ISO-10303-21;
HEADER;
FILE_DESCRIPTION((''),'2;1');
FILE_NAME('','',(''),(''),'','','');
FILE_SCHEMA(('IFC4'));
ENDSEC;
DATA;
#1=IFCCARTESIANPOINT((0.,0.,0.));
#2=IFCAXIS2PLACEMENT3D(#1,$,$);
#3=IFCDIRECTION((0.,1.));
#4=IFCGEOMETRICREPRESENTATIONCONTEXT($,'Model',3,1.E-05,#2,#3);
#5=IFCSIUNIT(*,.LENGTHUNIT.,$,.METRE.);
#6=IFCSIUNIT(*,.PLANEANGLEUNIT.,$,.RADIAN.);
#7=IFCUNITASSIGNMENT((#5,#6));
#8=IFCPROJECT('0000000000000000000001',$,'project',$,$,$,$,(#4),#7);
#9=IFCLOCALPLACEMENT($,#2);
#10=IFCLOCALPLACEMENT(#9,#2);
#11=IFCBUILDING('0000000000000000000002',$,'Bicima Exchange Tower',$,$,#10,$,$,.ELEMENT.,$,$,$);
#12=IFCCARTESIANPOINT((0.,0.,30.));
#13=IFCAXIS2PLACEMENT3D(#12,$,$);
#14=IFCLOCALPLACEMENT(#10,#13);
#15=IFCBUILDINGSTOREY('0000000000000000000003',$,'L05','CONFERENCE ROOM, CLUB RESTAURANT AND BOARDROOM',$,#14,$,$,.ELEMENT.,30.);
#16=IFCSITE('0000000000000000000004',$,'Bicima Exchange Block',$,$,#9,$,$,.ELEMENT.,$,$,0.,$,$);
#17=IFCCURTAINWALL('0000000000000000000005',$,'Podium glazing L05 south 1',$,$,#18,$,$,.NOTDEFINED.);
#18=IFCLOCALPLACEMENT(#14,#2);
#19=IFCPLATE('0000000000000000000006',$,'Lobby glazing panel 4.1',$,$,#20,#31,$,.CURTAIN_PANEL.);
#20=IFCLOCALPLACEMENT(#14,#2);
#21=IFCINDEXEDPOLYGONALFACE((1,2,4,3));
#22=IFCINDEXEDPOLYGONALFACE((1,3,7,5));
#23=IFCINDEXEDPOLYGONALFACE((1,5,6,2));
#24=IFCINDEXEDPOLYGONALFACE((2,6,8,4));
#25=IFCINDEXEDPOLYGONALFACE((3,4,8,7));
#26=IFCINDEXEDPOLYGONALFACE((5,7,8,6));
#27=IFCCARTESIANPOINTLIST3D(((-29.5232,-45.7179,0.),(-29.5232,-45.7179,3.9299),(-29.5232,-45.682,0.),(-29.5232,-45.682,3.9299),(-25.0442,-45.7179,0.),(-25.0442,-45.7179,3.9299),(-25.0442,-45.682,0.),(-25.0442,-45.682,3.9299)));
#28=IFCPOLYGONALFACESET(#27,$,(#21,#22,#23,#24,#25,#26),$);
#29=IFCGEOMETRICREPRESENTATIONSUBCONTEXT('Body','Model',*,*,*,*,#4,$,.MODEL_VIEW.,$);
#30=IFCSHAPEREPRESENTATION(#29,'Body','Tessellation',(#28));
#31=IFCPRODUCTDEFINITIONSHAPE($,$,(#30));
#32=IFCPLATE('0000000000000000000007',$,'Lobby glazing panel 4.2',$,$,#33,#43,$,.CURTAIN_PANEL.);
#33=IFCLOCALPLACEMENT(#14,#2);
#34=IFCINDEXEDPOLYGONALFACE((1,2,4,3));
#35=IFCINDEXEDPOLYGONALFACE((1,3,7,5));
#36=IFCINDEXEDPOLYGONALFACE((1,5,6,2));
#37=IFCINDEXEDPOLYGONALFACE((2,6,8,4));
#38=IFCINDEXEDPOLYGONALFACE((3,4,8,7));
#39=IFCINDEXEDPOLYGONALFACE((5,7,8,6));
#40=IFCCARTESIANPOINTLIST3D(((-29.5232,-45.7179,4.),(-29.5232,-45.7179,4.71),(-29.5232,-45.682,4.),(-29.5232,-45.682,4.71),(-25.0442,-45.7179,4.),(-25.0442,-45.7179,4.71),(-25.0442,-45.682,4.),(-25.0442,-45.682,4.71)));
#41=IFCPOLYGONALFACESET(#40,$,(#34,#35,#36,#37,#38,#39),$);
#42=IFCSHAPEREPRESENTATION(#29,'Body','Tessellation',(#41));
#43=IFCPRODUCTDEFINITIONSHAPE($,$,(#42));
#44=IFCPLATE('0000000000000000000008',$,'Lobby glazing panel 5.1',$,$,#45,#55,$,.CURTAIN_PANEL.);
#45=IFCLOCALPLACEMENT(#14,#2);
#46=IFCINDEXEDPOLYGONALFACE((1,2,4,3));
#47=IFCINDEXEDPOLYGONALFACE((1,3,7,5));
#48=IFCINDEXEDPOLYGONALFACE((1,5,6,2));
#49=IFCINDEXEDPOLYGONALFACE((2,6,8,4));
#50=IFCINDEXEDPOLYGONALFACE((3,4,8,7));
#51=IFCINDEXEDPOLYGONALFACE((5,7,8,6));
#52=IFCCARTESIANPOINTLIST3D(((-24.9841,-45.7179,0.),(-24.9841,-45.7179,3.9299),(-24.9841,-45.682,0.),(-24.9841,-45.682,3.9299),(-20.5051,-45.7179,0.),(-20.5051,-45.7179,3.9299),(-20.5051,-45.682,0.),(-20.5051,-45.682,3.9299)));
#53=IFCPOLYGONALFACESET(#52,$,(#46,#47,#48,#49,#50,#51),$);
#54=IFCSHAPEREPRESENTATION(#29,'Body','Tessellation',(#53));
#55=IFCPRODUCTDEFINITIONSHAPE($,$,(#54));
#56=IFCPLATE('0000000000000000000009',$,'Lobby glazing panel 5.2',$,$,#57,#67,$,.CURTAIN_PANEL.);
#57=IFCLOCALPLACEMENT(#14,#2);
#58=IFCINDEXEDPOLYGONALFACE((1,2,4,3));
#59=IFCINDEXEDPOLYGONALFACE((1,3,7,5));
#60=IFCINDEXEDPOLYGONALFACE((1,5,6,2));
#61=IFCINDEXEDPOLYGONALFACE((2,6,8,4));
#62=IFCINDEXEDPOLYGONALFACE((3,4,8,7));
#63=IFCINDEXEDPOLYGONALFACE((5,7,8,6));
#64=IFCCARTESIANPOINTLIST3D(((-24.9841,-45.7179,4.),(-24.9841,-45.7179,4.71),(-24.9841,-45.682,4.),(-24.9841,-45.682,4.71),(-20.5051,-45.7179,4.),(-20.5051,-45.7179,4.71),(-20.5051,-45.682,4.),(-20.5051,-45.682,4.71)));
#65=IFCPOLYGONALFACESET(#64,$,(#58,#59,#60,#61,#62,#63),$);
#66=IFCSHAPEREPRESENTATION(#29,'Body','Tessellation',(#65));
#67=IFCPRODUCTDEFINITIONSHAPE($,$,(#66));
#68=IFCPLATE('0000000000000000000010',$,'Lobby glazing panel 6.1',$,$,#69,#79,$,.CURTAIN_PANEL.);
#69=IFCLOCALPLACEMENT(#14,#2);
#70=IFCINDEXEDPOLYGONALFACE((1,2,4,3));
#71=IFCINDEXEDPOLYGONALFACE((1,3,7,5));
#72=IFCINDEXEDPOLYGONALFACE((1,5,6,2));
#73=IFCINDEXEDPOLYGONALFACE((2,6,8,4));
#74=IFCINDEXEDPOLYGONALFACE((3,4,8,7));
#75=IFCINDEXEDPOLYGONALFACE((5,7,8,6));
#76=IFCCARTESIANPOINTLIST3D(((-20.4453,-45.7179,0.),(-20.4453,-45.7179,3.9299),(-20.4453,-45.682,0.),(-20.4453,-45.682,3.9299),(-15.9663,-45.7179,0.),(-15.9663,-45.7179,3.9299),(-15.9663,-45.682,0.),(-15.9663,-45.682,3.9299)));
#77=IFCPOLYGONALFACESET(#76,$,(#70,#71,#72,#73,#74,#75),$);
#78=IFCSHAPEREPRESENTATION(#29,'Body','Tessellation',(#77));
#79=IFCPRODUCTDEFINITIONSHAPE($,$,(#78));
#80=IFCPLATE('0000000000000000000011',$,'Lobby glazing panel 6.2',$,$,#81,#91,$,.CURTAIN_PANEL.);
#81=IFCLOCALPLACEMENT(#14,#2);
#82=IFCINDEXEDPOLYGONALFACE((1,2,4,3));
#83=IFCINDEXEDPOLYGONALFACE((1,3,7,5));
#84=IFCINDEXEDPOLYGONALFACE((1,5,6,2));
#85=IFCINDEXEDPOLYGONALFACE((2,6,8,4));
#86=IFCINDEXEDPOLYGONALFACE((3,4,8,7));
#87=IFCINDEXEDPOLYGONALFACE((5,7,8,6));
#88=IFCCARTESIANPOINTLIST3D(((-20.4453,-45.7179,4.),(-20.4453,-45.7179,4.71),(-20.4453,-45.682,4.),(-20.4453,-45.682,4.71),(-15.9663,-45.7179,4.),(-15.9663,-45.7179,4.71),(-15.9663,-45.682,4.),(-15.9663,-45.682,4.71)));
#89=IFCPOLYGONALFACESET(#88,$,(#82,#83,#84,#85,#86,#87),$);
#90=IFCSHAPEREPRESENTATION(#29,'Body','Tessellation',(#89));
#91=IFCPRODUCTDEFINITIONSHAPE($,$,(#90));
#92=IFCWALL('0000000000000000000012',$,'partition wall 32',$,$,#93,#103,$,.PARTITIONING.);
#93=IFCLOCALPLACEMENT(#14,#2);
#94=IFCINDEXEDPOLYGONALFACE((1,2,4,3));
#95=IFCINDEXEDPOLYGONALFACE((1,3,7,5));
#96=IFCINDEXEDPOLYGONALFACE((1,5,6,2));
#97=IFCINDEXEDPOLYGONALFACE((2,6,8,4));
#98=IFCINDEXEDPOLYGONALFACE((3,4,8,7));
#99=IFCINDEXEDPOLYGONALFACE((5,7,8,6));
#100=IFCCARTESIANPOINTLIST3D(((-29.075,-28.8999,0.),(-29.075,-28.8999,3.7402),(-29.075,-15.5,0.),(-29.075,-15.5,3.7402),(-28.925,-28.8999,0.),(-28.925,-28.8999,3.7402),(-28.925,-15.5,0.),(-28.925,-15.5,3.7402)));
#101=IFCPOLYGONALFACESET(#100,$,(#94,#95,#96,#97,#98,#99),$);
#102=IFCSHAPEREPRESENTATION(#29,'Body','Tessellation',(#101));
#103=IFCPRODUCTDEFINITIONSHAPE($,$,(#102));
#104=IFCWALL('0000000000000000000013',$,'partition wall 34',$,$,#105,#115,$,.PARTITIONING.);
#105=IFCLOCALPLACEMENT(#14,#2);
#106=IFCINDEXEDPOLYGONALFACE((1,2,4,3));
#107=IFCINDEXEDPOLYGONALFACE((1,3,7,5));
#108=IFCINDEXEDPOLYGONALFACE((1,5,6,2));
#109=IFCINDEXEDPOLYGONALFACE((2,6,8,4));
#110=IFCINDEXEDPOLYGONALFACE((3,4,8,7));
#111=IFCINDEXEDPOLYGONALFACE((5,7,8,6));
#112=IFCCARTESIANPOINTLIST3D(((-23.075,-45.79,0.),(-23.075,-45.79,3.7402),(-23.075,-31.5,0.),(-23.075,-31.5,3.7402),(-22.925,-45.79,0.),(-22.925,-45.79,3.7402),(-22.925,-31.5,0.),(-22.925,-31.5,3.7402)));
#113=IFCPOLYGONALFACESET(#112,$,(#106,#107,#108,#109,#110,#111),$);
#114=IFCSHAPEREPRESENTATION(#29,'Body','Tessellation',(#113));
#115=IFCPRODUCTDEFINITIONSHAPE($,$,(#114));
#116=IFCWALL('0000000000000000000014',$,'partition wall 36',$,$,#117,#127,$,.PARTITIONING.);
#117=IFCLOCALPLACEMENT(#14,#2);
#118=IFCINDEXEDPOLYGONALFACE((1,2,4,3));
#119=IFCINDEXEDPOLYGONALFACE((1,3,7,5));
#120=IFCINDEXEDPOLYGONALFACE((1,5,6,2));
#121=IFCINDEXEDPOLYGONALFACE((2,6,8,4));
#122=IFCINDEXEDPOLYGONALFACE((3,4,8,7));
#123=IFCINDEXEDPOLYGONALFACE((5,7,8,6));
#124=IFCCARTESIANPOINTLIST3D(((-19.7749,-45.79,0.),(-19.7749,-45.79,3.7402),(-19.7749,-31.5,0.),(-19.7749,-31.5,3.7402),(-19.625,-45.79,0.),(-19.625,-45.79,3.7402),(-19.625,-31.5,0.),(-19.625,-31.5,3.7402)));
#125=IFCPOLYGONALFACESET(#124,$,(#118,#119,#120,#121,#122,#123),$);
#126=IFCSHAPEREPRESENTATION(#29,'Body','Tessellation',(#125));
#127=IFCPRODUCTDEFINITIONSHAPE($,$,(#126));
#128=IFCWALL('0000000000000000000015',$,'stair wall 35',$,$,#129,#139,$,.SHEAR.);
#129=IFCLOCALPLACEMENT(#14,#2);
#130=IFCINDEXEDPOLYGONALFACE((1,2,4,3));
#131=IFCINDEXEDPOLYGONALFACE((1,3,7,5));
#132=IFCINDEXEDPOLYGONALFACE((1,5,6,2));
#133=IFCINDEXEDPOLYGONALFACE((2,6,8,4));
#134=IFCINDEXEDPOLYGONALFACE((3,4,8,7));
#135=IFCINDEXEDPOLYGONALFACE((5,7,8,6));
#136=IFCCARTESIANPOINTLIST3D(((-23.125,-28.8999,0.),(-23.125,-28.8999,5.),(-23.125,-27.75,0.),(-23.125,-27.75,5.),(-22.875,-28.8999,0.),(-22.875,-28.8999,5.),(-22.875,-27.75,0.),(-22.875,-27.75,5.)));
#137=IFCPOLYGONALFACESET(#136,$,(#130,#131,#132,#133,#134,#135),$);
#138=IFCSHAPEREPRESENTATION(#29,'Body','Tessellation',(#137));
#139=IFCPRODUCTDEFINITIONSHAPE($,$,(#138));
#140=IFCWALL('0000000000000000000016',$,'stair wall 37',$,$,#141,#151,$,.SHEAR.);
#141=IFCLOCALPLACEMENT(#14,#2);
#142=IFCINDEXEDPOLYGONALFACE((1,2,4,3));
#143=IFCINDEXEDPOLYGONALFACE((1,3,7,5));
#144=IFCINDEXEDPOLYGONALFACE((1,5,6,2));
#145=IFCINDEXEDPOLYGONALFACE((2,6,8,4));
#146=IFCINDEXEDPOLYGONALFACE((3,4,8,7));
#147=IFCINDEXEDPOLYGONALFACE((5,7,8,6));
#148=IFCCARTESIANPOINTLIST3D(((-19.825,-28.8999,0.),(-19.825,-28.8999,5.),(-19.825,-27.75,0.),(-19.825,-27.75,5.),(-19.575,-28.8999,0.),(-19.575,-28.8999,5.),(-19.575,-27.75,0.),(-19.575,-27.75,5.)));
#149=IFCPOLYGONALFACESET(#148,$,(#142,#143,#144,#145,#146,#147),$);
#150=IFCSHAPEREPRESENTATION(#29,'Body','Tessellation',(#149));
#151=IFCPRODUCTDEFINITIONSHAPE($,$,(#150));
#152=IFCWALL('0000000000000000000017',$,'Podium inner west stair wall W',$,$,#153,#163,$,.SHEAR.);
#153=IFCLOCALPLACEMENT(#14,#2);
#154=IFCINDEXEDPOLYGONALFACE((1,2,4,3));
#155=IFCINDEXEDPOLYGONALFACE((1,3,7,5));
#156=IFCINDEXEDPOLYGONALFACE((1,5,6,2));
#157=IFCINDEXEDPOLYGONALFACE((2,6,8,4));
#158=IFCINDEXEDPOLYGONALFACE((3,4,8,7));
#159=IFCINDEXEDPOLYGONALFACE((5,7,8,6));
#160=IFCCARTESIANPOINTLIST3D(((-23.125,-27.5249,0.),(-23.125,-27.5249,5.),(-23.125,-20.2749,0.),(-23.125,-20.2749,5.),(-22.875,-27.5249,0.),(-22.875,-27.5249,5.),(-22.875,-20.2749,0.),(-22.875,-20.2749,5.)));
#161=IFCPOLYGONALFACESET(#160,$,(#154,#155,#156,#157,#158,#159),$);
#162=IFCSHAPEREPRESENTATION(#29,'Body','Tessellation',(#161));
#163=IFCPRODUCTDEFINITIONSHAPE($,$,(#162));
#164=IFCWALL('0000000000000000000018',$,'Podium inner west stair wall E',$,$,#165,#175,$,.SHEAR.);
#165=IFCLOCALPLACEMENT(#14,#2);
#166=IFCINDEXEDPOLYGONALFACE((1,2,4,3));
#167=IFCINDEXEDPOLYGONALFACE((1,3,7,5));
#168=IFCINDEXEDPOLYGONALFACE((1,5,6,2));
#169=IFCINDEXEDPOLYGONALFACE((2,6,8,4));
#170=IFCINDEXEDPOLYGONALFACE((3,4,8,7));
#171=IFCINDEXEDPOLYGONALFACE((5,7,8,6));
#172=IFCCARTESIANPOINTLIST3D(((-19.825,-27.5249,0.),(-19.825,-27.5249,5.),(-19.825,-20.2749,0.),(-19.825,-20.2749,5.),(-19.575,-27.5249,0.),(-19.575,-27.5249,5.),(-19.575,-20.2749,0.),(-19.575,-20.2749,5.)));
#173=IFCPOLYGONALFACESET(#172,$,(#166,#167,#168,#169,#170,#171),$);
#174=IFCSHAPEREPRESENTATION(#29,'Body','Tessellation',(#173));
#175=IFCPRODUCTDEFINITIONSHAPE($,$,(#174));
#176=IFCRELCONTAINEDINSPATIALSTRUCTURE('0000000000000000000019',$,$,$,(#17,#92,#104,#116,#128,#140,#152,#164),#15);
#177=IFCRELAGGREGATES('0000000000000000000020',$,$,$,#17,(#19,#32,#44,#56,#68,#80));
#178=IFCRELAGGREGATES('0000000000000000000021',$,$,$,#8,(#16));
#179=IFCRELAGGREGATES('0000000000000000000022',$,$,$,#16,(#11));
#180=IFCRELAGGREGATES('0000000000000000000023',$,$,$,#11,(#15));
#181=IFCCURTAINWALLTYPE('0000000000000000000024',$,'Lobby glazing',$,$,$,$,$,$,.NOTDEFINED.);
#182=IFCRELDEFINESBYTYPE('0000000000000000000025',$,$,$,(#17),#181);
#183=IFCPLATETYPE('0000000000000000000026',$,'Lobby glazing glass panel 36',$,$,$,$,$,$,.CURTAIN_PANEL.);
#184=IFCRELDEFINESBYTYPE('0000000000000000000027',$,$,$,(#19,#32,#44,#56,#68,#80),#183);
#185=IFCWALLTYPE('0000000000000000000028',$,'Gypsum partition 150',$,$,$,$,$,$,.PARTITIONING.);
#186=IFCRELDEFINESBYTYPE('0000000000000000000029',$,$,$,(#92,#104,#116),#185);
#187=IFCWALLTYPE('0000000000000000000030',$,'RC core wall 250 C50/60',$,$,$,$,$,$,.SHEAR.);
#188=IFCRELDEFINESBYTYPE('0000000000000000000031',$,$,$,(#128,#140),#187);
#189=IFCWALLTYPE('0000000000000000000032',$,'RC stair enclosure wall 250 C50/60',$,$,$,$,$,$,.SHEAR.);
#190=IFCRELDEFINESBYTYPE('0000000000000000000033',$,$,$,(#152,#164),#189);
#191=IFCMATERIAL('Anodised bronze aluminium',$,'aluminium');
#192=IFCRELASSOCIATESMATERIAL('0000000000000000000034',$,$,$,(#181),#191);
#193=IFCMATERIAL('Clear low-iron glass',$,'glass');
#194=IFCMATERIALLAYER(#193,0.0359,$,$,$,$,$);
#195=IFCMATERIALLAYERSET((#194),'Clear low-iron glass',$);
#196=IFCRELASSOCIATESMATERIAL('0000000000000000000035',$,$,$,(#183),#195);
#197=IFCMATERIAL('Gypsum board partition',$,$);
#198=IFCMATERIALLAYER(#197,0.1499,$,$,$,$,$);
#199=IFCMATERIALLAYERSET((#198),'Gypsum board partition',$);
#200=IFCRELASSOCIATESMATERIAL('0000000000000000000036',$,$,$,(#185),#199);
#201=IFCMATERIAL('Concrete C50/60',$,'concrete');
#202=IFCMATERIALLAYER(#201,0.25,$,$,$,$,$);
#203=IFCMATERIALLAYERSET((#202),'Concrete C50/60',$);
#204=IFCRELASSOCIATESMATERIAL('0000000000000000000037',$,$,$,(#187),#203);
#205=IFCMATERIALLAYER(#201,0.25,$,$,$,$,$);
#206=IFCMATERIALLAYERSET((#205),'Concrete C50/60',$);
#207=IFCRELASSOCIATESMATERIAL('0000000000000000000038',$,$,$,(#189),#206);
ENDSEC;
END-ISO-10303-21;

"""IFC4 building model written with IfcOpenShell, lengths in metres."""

from ifc_helpers import new_model, si_unit, direction, frame, frame_2d, origin, origin_2d, place, context, subcontext, project, spatial, rectangle, extrude, material, layer, layer_set, type_object, element, aggregate, save


model = new_model("IFC4")

# Units and contexts
model_context = context("Model", 3, precision=1e-05, world=origin(), true_north=direction((0.0, 1.0)))
body_context = subcontext(model_context, "Body", "Model", "MODEL_VIEW")
ifc_project = project(units=[si_unit("LENGTHUNIT", "METRE"), si_unit("PLANEANGLEUNIT", "RADIAN")], contexts=[model_context])

# Site, building, storey
site_placement = place(None, origin())
site = spatial("IfcSite", under=ifc_project, at=site_placement, Name="Bicima Exchange Block", CompositionType="ELEMENT", RefElevation=0.0)
building_placement = place(site_placement, origin())
building = spatial("IfcBuilding", under=site, at=building_placement, Name="Bicima Exchange Tower", CompositionType="ELEMENT")
storey_placement = place(building_placement, frame((0.0, 0.0, 30.0)))
storey = spatial("IfcBuildingStorey", under=building, at=storey_placement, Name="L05", Description="CONFERENCE ROOM, CLUB RESTAURANT AND BOARDROOM", CompositionType="ELEMENT", Elevation=30.0)

# Curtain wall
ifc_material_1 = material(Name="Anodised bronze aluminium", Category="aluminium")
curtain_wall_type = type_object("IfcCurtainWallType", Name="Lobby glazing", PredefinedType="NOTDEFINED", material=ifc_material_1)
curtain_wall_placement = place(storey_placement, origin())
curtain_wall = element("IfcCurtainWall", 1, at=curtain_wall_placement, inside=storey, type_object=curtain_wall_type, Name="Podium glazing L05 south 1", PredefinedType="NOTDEFINED")

# Plates
ifc_material_2 = material(Name="Clear low-iron glass", Category="glass")
ifc_layer_1 = layer(ifc_material_2, 0.0359)
ifc_layer_set_1 = layer_set([ifc_layer_1], Name="Clear low-iron glass")
plate_type = type_object("IfcPlateType", Name="Lobby glazing glass panel 36", PredefinedType="CURTAIN_PANEL", material=ifc_layer_set_1)
plate_1_placement = place(storey_placement, frame((-27.2837, -45.7, 0.0), z_axis=(0.0, 0.0, 1.0), x_axis=(1.0, 0.0, 0.0)))
plate_1 = element("IfcPlate", 2, at=plate_1_placement, type_object=plate_type, Name="Lobby glazing panel 4.1", PredefinedType="CURTAIN_PANEL", context=body_context, shape_type="SweptSolid", body=[
    extrude(rectangle(XDim=4.479, YDim=0.0359, at=origin_2d()), origin(), (0.0, 0.0, 1.0), 3.9299),
])
plate_2_placement = place(storey_placement, frame((-27.2837, -45.7, 4.0), z_axis=(0.0, 0.0, 1.0), x_axis=(1.0, 0.0, 0.0)))
plate_2 = element("IfcPlate", 3, at=plate_2_placement, type_object=plate_type, Name="Lobby glazing panel 4.2", PredefinedType="CURTAIN_PANEL", context=body_context, shape_type="SweptSolid", body=[
    extrude(rectangle(XDim=4.479, YDim=0.0359, at=origin_2d()), origin(), (0.0, 0.0, 1.0), 0.71),
])
plate_3_placement = place(storey_placement, frame((-22.7446, -45.7, 0.0), z_axis=(0.0, 0.0, 1.0), x_axis=(1.0, 0.0, 0.0)))
plate_3 = element("IfcPlate", 4, at=plate_3_placement, type_object=plate_type, Name="Lobby glazing panel 5.1", PredefinedType="CURTAIN_PANEL", context=body_context, shape_type="SweptSolid", body=[
    extrude(rectangle(XDim=4.479, YDim=0.0359, at=origin_2d()), origin(), (0.0, 0.0, 1.0), 3.9299),
])
plate_4_placement = place(storey_placement, frame((-22.7446, -45.7, 4.0), z_axis=(0.0, 0.0, 1.0), x_axis=(1.0, 0.0, 0.0)))
plate_4 = element("IfcPlate", 5, at=plate_4_placement, type_object=plate_type, Name="Lobby glazing panel 5.2", PredefinedType="CURTAIN_PANEL", context=body_context, shape_type="SweptSolid", body=[
    extrude(rectangle(XDim=4.479, YDim=0.0359, at=origin_2d()), origin(), (0.0, 0.0, 1.0), 0.71),
])
plate_5_placement = place(storey_placement, frame((-18.2058, -45.7, 0.0), z_axis=(0.0, 0.0, 1.0), x_axis=(1.0, 0.0, 0.0)))
plate_5 = element("IfcPlate", 6, at=plate_5_placement, type_object=plate_type, Name="Lobby glazing panel 6.1", PredefinedType="CURTAIN_PANEL", context=body_context, shape_type="SweptSolid", body=[
    extrude(rectangle(XDim=4.479, YDim=0.0359, at=origin_2d()), origin(), (0.0, 0.0, 1.0), 3.9299),
])
plate_6_placement = place(storey_placement, frame((-18.2058, -45.7, 4.0), z_axis=(0.0, 0.0, 1.0), x_axis=(1.0, 0.0, 0.0)))
plate_6 = element("IfcPlate", 7, at=plate_6_placement, type_object=plate_type, Name="Lobby glazing panel 6.2", PredefinedType="CURTAIN_PANEL", context=body_context, shape_type="SweptSolid", body=[
    extrude(rectangle(XDim=4.479, YDim=0.0359, at=origin_2d()), origin(), (0.0, 0.0, 1.0), 0.71),
])
aggregate(curtain_wall, [plate_1, plate_2, plate_3, plate_4, plate_5, plate_6])

# Walls
ifc_material_3 = material(Name="Gypsum board partition")
ifc_layer_2 = layer(ifc_material_3, 0.1499)
ifc_layer_set_2 = layer_set([ifc_layer_2], Name="Gypsum board partition")
wall_type_1 = type_object("IfcWallType", Name="Gypsum partition 150", PredefinedType="PARTITIONING", material=ifc_layer_set_2)
wall_1_placement = place(storey_placement, frame((-29.0, -28.8999, 0.0), z_axis=(0.0, 0.0, 1.0), x_axis=(0.0, 1.0, 0.0)))
element("IfcWall", 8, at=wall_1_placement, inside=storey, type_object=wall_type_1, Name="partition wall 32", PredefinedType="PARTITIONING", context=body_context, shape_type="SweptSolid", body=[
    extrude(rectangle(XDim=13.3999, YDim=0.1499, at=frame_2d((6.7, 0.0))), origin(), (0.0, 0.0, 1.0), 3.7402),
])
for number, where, z_axis, x_axis, name in (
    (9, (-23.0, -45.79, 0.0), (0.0, 0.0, 1.0), (0.0, 1.0, 0.0), "partition wall 34"),
    (10, (-19.7, -45.79, 0.0), (0.0, 0.0, 1.0), (0.0, 1.0, 0.0), "partition wall 36"),
):
    element("IfcWall", number, at=place(storey_placement, frame(where, z_axis=z_axis, x_axis=x_axis)), inside=storey, type_object=wall_type_1, Name=name, PredefinedType="PARTITIONING", context=body_context, shape_type="SweptSolid", body=[
        extrude(rectangle(XDim=14.29, YDim=0.1499, at=frame_2d((7.145, 0.0))), origin(), (0.0, 0.0, 1.0), 3.7402),
    ])
ifc_material_4 = material(Name="Concrete C50/60", Category="concrete")
ifc_layer_3 = layer(ifc_material_4, 0.25)
ifc_layer_set_3 = layer_set([ifc_layer_3], Name="Concrete C50/60")
wall_type_2 = type_object("IfcWallType", Name="RC core wall 250 C50/60", PredefinedType="SHEAR", material=ifc_layer_set_3)
for number, where, z_axis, x_axis, name in (
    (11, (-23.0, -28.8999, 0.0), (0.0, 0.0, 1.0), (0.0, 1.0, 0.0), "stair wall 35"),
    (12, (-19.7, -28.8999, 0.0), (0.0, 0.0, 1.0), (0.0, 1.0, 0.0), "stair wall 37"),
):
    element("IfcWall", number, at=place(storey_placement, frame(where, z_axis=z_axis, x_axis=x_axis)), inside=storey, type_object=wall_type_2, Name=name, PredefinedType="SHEAR", context=body_context, shape_type="SweptSolid", body=[
        extrude(rectangle(XDim=1.1499, YDim=0.25, at=frame_2d((0.575, 0.0))), origin(), (0.0, 0.0, 1.0), 5.0),
    ])
ifc_layer_4 = layer(ifc_material_4, 0.25)
ifc_layer_set_4 = layer_set([ifc_layer_4], Name="Concrete C50/60")
wall_type_3 = type_object("IfcWallType", Name="RC stair enclosure wall 250 C50/60", PredefinedType="SHEAR", material=ifc_layer_set_4)
for number, where, z_axis, x_axis, name in (
    (13, (-23.0, -27.5249, 0.0), (0.0, 0.0, 1.0), (0.0, 1.0, 0.0), "Podium inner west stair wall W"),
    (14, (-19.7, -27.5249, 0.0), (0.0, 0.0, 1.0), (0.0, 1.0, 0.0), "Podium inner west stair wall E"),
):
    element("IfcWall", number, at=place(storey_placement, frame(where, z_axis=z_axis, x_axis=x_axis)), inside=storey, type_object=wall_type_3, Name=name, PredefinedType="SHEAR", context=body_context, shape_type="SweptSolid", body=[
        extrude(rectangle(XDim=7.25, YDim=0.25, at=frame_2d((3.625, 0.0))), origin(), (0.0, 0.0, 1.0), 5.0),
    ])

save(model, "model.ifc")
